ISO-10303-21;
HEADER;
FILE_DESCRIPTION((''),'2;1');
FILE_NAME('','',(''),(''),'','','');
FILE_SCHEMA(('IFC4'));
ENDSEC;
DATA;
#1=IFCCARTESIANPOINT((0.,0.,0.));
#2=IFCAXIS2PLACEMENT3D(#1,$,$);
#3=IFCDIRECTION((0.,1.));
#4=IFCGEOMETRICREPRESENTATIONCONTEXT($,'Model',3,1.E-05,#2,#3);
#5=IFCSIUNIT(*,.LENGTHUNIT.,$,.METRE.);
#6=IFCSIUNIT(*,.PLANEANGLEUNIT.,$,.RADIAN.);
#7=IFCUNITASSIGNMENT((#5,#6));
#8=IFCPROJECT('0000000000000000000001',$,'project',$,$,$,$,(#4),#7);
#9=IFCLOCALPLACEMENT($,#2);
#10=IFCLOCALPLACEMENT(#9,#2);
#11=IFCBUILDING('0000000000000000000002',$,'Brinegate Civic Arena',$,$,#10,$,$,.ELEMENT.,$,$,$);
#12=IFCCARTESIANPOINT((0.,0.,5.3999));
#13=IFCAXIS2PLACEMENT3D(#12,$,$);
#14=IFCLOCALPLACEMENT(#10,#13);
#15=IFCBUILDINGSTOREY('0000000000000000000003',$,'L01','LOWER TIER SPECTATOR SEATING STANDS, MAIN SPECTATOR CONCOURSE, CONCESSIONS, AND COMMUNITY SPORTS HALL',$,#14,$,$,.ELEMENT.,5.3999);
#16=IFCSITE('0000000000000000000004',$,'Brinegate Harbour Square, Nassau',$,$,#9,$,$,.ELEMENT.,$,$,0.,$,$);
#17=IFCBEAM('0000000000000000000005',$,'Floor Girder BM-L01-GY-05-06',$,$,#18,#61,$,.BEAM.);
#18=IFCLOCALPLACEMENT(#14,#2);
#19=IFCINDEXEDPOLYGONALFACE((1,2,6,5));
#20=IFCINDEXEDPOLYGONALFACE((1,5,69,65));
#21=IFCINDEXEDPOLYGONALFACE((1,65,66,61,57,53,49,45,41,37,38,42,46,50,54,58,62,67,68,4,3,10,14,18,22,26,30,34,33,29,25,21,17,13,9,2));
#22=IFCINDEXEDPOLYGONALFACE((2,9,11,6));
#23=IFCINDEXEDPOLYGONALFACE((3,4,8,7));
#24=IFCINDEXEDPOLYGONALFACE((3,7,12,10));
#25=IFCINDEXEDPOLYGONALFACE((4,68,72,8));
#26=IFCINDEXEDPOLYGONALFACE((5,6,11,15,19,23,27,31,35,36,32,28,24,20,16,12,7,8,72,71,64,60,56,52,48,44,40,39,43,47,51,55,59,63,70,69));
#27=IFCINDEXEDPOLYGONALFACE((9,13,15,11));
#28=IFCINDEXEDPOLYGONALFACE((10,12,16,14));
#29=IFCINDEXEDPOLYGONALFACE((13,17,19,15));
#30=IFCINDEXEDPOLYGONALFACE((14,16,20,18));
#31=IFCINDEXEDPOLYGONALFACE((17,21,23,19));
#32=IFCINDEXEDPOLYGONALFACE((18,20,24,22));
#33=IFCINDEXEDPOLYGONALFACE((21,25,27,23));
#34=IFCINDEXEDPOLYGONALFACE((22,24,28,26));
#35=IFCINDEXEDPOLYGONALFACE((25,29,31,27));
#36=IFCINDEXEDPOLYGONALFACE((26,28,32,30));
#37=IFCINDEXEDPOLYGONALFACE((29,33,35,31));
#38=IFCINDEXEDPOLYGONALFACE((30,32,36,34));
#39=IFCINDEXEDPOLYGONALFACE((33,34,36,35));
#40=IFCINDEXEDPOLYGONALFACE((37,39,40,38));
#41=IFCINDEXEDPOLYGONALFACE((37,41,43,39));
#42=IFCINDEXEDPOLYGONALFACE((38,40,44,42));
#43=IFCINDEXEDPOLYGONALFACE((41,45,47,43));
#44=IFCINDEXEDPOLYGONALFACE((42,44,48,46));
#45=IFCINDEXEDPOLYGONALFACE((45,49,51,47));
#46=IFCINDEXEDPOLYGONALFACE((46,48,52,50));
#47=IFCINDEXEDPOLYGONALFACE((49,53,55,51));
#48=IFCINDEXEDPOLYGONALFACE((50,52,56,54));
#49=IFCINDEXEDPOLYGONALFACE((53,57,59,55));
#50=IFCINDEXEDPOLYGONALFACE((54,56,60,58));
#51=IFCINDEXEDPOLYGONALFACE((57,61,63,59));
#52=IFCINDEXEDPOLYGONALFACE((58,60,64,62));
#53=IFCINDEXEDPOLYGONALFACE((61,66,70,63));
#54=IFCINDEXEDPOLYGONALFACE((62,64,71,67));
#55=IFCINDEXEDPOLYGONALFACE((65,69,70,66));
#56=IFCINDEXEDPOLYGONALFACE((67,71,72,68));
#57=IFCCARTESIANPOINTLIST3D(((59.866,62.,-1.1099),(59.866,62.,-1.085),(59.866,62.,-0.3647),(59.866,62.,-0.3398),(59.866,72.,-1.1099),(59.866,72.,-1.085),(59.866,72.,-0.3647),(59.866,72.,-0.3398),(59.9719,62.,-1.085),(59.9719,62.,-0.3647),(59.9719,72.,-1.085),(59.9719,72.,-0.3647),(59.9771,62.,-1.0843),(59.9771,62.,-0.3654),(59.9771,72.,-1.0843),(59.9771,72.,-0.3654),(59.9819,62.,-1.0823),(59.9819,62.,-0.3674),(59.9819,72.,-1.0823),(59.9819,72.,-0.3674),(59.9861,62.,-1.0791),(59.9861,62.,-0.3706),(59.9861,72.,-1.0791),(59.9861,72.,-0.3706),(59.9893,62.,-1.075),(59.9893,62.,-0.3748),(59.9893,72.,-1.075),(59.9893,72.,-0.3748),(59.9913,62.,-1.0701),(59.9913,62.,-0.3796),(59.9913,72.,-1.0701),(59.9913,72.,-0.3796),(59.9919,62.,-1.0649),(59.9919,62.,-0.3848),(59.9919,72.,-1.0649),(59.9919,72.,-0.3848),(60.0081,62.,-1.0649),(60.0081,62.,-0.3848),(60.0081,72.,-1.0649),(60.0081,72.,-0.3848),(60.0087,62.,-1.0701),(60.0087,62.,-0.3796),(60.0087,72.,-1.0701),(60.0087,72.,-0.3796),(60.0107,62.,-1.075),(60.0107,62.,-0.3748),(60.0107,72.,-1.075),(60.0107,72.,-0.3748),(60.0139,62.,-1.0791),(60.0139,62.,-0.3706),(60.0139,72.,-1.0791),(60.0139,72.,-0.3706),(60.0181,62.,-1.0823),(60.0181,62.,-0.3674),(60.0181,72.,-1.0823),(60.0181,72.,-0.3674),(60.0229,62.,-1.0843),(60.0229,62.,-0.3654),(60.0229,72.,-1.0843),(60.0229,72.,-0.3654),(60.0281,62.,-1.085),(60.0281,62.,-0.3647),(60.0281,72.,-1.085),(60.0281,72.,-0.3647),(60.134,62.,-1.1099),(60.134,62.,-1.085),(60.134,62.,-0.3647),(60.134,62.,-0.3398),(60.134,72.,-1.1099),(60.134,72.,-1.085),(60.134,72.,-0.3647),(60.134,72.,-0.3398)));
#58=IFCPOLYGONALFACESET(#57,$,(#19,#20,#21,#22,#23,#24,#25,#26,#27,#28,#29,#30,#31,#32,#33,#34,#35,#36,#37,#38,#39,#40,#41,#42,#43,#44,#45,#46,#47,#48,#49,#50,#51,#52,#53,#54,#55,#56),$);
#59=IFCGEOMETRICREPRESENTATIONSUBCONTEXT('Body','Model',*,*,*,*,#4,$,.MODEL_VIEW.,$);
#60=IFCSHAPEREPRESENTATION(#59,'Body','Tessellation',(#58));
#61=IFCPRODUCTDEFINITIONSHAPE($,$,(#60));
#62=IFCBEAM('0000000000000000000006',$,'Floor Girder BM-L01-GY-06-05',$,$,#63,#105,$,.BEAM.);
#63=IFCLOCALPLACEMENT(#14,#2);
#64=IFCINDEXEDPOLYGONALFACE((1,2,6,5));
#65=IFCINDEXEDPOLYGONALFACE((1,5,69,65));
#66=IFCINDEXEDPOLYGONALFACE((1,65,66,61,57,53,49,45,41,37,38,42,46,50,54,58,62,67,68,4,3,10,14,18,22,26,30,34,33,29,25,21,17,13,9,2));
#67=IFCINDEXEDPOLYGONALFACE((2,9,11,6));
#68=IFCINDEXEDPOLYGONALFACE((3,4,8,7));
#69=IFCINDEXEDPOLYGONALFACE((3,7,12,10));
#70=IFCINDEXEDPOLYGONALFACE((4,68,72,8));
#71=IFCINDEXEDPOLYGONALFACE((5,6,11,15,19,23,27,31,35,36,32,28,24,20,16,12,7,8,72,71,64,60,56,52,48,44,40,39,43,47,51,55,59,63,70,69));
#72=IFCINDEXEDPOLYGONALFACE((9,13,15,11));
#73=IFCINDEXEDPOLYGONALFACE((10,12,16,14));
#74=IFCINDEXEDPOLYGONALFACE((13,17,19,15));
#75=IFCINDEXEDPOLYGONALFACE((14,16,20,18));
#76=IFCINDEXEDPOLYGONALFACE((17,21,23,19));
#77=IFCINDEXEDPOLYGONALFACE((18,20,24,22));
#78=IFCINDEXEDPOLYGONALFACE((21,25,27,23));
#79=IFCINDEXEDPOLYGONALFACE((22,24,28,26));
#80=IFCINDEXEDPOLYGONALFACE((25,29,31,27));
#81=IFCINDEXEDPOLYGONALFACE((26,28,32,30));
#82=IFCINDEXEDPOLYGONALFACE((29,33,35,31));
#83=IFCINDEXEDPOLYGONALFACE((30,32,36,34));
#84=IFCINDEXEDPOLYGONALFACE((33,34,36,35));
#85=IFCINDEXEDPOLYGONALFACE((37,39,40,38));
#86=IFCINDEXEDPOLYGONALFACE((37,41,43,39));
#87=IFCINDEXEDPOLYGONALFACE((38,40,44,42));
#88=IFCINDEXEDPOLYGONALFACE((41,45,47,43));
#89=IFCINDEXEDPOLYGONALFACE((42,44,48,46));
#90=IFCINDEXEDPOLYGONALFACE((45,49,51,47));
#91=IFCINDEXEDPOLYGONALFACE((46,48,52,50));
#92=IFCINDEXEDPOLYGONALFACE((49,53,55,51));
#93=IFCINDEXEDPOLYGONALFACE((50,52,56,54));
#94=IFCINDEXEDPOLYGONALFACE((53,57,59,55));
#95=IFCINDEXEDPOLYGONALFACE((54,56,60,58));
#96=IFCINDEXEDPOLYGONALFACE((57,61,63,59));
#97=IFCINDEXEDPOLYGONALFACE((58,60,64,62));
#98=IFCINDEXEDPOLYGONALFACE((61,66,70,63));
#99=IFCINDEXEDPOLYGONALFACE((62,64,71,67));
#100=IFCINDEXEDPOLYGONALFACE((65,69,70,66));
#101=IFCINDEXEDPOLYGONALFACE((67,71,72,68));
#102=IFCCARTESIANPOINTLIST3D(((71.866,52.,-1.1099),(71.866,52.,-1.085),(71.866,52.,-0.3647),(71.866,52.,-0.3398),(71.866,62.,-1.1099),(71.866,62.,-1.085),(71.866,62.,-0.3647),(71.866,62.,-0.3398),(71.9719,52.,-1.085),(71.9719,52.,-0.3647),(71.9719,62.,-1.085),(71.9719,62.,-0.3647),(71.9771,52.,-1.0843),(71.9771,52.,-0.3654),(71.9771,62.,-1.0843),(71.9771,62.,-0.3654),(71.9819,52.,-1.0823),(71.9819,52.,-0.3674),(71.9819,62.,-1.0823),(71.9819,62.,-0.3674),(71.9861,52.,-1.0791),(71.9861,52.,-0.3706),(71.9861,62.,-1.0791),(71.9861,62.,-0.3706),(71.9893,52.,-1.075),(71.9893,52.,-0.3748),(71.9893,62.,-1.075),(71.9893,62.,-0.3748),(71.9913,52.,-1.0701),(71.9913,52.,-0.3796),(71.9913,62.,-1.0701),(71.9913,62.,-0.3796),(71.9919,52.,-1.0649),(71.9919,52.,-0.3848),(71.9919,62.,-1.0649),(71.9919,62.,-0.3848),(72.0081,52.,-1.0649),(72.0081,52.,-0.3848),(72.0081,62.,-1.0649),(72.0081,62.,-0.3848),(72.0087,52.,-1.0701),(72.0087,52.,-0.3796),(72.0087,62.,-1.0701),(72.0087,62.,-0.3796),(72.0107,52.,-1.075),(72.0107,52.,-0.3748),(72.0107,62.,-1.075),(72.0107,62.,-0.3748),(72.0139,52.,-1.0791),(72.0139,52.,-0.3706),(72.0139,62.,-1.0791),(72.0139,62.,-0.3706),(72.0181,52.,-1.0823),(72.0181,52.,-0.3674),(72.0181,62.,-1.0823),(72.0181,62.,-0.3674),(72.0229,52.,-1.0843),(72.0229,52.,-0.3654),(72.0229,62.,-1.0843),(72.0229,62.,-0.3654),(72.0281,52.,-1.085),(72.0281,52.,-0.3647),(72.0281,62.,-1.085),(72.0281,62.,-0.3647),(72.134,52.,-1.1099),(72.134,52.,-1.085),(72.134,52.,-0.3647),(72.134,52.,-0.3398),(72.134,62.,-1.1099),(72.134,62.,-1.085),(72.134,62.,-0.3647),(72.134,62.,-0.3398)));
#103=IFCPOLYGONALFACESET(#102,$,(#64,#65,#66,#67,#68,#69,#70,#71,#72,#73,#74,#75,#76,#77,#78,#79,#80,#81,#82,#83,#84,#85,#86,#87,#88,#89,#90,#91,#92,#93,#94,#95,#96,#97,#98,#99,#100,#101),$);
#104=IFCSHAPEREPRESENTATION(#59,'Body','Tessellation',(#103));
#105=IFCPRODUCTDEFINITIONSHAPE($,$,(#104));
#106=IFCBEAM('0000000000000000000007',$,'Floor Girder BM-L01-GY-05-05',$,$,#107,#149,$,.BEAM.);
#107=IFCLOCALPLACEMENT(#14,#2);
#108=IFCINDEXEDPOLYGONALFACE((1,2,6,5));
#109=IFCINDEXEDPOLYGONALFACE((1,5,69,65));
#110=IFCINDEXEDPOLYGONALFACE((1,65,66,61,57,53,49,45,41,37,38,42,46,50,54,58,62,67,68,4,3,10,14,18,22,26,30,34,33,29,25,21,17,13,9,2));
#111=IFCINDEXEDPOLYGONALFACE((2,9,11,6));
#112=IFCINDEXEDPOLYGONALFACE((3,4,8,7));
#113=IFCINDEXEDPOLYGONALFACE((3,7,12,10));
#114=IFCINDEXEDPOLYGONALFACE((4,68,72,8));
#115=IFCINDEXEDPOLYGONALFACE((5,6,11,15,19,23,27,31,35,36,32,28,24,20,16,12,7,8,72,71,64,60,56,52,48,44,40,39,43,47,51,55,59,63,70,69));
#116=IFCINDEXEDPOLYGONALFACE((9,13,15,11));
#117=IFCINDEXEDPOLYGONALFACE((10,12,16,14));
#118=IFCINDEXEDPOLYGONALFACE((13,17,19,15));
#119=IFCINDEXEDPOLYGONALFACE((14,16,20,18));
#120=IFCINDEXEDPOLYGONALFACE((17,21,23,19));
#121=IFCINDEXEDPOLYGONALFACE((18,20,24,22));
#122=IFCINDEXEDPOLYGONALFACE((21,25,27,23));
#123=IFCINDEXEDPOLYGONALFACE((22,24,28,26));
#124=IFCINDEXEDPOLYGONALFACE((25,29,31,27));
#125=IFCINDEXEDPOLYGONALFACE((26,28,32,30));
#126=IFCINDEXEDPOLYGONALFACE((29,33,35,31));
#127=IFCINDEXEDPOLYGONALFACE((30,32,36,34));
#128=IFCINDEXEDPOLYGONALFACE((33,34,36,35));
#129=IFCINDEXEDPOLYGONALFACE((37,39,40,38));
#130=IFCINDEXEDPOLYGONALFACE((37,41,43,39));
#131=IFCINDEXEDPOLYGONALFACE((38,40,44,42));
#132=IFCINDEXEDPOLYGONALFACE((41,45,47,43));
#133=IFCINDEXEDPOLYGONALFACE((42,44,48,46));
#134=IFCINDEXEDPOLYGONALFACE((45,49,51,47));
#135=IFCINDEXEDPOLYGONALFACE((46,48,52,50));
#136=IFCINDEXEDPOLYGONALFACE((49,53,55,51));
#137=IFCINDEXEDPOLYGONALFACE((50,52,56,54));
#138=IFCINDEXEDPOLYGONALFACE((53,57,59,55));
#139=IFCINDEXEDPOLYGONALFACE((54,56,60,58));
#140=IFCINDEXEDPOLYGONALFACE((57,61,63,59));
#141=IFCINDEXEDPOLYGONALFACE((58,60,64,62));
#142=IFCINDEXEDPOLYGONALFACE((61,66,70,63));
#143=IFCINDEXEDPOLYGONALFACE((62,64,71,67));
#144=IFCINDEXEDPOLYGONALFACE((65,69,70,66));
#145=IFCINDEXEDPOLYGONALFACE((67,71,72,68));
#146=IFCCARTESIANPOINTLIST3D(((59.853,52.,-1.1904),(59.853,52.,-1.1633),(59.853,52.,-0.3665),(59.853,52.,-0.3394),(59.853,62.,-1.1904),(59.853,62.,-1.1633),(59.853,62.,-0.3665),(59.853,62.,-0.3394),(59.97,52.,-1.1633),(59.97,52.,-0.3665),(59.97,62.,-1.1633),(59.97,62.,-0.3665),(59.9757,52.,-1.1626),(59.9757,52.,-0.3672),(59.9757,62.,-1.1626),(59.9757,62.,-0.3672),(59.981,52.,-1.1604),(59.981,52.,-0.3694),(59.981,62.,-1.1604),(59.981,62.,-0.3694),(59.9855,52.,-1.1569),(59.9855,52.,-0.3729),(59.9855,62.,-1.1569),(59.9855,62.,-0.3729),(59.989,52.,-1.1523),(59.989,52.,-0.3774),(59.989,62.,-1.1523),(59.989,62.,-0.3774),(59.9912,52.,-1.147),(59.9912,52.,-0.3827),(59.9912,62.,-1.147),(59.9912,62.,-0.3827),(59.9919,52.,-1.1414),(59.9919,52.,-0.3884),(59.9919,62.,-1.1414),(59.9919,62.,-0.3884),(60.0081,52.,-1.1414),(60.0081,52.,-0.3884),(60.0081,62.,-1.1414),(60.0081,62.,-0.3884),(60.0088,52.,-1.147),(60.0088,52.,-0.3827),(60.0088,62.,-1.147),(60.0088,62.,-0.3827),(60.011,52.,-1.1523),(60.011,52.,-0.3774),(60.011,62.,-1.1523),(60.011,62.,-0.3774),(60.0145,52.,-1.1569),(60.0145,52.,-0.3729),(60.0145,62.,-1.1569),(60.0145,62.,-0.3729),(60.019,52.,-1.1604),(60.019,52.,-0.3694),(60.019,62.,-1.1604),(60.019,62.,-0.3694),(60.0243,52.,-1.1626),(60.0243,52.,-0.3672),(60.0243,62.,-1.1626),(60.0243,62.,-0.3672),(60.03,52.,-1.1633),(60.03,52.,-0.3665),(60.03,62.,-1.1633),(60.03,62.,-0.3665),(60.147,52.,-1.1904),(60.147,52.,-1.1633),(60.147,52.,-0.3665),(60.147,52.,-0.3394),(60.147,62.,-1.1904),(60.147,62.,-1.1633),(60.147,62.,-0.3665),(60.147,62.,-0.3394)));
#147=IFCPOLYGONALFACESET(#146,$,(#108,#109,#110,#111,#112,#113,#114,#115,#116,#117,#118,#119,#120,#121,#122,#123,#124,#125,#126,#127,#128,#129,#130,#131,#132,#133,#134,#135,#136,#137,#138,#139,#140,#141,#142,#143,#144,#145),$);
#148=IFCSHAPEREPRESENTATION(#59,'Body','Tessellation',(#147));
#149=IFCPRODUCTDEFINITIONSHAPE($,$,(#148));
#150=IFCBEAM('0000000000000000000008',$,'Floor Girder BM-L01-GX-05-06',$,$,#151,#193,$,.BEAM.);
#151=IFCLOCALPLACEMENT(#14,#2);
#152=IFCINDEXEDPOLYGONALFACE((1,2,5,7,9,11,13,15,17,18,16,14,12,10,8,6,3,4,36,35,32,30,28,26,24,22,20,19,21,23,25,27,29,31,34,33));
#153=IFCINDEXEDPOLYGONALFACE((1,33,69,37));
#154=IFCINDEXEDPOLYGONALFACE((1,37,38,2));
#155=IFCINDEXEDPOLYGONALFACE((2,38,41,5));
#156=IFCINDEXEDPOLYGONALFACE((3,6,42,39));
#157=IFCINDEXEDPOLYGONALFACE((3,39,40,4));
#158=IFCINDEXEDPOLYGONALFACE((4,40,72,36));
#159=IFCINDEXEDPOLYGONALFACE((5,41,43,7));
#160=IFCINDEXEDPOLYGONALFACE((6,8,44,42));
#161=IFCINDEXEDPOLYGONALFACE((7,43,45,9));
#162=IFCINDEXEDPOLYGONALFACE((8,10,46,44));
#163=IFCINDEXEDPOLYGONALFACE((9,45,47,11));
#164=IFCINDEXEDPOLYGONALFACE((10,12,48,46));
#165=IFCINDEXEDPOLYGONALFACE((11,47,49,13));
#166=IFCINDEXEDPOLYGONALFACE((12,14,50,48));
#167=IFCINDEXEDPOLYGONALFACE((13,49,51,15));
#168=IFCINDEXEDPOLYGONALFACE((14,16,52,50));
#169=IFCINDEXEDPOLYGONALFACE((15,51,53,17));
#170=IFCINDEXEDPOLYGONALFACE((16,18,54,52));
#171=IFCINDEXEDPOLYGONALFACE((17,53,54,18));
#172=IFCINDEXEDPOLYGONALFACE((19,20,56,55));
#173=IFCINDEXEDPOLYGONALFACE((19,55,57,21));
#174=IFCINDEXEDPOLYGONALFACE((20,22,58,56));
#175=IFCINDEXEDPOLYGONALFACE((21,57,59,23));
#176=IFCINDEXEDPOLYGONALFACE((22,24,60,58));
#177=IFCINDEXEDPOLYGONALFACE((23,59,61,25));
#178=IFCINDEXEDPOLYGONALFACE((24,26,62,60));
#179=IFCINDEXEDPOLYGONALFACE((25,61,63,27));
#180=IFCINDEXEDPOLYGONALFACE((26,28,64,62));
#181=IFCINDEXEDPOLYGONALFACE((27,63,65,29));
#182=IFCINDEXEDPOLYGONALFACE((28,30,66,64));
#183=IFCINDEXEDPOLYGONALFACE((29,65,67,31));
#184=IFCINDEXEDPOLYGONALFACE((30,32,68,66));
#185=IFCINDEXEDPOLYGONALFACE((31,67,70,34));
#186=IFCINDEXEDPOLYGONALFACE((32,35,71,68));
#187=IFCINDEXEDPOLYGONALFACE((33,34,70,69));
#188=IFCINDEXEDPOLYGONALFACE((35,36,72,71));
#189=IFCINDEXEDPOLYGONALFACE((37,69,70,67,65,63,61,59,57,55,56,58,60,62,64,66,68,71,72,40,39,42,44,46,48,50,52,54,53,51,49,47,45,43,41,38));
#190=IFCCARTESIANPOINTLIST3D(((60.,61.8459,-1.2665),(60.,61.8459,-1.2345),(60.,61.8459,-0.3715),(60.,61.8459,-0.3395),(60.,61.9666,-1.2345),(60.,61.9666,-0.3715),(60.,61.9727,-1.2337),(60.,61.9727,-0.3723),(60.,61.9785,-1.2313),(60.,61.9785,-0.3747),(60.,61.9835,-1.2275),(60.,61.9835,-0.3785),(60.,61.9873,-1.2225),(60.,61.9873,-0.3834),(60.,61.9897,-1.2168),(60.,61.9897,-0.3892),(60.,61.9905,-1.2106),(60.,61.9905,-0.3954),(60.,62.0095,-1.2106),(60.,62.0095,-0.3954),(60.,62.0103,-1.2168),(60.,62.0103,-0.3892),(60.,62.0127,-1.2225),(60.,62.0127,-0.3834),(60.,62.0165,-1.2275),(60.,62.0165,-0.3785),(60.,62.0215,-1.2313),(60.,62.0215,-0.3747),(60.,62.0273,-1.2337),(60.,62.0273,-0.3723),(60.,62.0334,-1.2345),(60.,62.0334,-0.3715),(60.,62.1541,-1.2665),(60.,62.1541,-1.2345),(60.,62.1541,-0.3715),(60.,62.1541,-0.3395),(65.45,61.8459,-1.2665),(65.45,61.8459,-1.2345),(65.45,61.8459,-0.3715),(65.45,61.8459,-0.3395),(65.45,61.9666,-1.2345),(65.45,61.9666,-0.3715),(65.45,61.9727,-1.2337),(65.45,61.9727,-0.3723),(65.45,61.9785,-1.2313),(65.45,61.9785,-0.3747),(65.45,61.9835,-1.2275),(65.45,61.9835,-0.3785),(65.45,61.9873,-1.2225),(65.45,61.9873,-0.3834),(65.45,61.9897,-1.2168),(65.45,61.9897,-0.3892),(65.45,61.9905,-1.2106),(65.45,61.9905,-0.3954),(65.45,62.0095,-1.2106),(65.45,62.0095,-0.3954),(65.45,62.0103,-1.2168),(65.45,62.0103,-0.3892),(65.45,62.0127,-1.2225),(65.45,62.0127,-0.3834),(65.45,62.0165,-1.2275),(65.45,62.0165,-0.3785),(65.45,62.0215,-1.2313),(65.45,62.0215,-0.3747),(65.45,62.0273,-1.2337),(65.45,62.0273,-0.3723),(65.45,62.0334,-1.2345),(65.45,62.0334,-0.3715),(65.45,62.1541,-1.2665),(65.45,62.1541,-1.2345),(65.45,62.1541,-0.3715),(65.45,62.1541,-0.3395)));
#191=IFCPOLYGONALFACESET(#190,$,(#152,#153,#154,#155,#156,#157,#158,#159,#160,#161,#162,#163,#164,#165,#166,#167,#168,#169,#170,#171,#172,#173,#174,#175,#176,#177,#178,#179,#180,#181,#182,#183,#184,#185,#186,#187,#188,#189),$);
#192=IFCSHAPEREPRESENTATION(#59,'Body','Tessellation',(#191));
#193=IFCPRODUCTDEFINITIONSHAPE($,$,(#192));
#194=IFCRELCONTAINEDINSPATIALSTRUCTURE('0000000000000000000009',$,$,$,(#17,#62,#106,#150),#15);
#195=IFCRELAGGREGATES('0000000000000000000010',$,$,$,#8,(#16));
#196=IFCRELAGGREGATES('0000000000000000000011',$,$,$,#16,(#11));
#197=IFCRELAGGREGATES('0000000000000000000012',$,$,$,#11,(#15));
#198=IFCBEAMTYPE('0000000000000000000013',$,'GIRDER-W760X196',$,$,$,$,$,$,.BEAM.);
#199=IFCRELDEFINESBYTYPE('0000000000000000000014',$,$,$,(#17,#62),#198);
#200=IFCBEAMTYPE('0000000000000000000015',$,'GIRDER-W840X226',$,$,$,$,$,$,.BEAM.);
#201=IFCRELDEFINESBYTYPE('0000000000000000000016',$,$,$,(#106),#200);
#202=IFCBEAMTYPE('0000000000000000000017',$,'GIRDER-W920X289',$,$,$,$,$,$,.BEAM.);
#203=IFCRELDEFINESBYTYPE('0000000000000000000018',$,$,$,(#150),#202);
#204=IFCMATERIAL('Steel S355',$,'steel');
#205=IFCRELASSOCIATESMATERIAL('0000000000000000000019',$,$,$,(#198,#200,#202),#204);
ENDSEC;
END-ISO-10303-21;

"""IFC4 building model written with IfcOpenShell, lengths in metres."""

from ifc_helpers import new_model, si_unit, direction, frame, origin, origin_2d, place, context, subcontext, project, spatial, i_section, extrude, material, material_profile, profile_set, type_object, element, save


model = new_model("IFC4")

# Units and contexts
model_context = context("Model", 3, precision=1e-05, world=origin(), true_north=direction((0.0, 1.0)))
body_context = subcontext(model_context, "Body", "Model", "MODEL_VIEW")
ifc_project = project(units=[si_unit("LENGTHUNIT", "METRE"), si_unit("PLANEANGLEUNIT", "RADIAN")], contexts=[model_context])

# Site, building, storey
site_placement = place(None, origin())
site = spatial("IfcSite", under=ifc_project, at=site_placement, Name="Brinegate Harbour Square, Nassau", CompositionType="ELEMENT", RefElevation=0.0)
building_placement = place(site_placement, origin())
building = spatial("IfcBuilding", under=site, at=building_placement, Name="Brinegate Civic Arena", CompositionType="ELEMENT")
storey_placement = place(building_placement, frame((0.0, 0.0, 5.3999)))
storey = spatial("IfcBuildingStorey", under=building, at=storey_placement, Name="L01", Description="LOWER TIER SPECTATOR SEATING STANDS, MAIN SPECTATOR CONCOURSE, CONCESSIONS, AND COMMUNITY SPORTS HALL", CompositionType="ELEMENT", Elevation=5.3999)

# Beams
ifc_material_1 = material(Name="Steel S355", Category="steel")
ifc_material_profile_1 = material_profile(ifc_material_1, i_section(OverallWidth=0.2681, OverallDepth=0.77, WebThickness=0.0161, FlangeThickness=0.0249, FilletRadius=0.02, at=origin_2d()), Name="W760X196")
ifc_profile_set_1 = profile_set([ifc_material_profile_1], Name="Steel S355")
beam_type_1 = type_object("IfcBeamType", Name="GIRDER-W760X196", PredefinedType="BEAM", material=ifc_profile_set_1)
for number, where, z_axis, x_axis, name in (
    (1, (60.0, 62.0, -0.7249), (0.0, 1.0, 0.0), (-1.0, 0.0, 0.0), "Floor Girder BM-L01-GY-05-06"),
    (2, (72.0, 52.0, -0.7249), (0.0, 1.0, 0.0), (-1.0, 0.0, 0.0), "Floor Girder BM-L01-GY-06-05"),
):
    element("IfcBeam", number, at=place(storey_placement, frame(where, z_axis=z_axis, x_axis=x_axis)), inside=storey, type_object=beam_type_1, Name=name, PredefinedType="BEAM", context=body_context, shape_type="SweptSolid", body=[
        extrude(i_section(OverallWidth=0.2681, OverallDepth=0.77, WebThickness=0.0161, FlangeThickness=0.0249, FilletRadius=0.02, at=origin_2d()), origin(), (0.0, 0.0, 1.0), 10.0),
    ])
ifc_material_profile_2 = material_profile(ifc_material_1, i_section(OverallWidth=0.2939, OverallDepth=0.8511, WebThickness=0.0161, FlangeThickness=0.0271, FilletRadius=0.022, at=origin_2d()), Name="W840X226")
ifc_profile_set_2 = profile_set([ifc_material_profile_2], Name="Steel S355")
beam_type_2 = type_object("IfcBeamType", Name="GIRDER-W840X226", PredefinedType="BEAM", material=ifc_profile_set_2)
beam_1_placement = place(storey_placement, frame((60.0, 52.0, -0.7649), z_axis=(0.0, 1.0, 0.0), x_axis=(-1.0, 0.0, 0.0)))
element("IfcBeam", 3, at=beam_1_placement, inside=storey, type_object=beam_type_2, Name="Floor Girder BM-L01-GY-05-05", PredefinedType="BEAM", context=body_context, shape_type="SweptSolid", body=[
    extrude(i_section(OverallWidth=0.2939, OverallDepth=0.8511, WebThickness=0.0161, FlangeThickness=0.0271, FilletRadius=0.022, at=origin_2d()), origin(), (0.0, 0.0, 1.0), 10.0),
])
ifc_material_profile_3 = material_profile(ifc_material_1, i_section(OverallWidth=0.3081, OverallDepth=0.927, WebThickness=0.019, FlangeThickness=0.032, FilletRadius=0.0239, at=origin_2d()), Name="W920X289")
ifc_profile_set_3 = profile_set([ifc_material_profile_3], Name="Steel S355")
beam_type_3 = type_object("IfcBeamType", Name="GIRDER-W920X289", PredefinedType="BEAM", material=ifc_profile_set_3)
beam_2_placement = place(storey_placement, frame((60.0, 62.0, -0.803), z_axis=(1.0, 0.0, 0.0), x_axis=(0.0, 1.0, 0.0)))
element("IfcBeam", 4, at=beam_2_placement, inside=storey, type_object=beam_type_3, Name="Floor Girder BM-L01-GX-05-06", PredefinedType="BEAM", context=body_context, shape_type="SweptSolid", body=[
    extrude(i_section(OverallWidth=0.3081, OverallDepth=0.927, WebThickness=0.019, FlangeThickness=0.032, FilletRadius=0.0239, at=origin_2d()), origin(), (0.0, 0.0, 1.0), 5.45),
])

save(model, "model.ifc")
